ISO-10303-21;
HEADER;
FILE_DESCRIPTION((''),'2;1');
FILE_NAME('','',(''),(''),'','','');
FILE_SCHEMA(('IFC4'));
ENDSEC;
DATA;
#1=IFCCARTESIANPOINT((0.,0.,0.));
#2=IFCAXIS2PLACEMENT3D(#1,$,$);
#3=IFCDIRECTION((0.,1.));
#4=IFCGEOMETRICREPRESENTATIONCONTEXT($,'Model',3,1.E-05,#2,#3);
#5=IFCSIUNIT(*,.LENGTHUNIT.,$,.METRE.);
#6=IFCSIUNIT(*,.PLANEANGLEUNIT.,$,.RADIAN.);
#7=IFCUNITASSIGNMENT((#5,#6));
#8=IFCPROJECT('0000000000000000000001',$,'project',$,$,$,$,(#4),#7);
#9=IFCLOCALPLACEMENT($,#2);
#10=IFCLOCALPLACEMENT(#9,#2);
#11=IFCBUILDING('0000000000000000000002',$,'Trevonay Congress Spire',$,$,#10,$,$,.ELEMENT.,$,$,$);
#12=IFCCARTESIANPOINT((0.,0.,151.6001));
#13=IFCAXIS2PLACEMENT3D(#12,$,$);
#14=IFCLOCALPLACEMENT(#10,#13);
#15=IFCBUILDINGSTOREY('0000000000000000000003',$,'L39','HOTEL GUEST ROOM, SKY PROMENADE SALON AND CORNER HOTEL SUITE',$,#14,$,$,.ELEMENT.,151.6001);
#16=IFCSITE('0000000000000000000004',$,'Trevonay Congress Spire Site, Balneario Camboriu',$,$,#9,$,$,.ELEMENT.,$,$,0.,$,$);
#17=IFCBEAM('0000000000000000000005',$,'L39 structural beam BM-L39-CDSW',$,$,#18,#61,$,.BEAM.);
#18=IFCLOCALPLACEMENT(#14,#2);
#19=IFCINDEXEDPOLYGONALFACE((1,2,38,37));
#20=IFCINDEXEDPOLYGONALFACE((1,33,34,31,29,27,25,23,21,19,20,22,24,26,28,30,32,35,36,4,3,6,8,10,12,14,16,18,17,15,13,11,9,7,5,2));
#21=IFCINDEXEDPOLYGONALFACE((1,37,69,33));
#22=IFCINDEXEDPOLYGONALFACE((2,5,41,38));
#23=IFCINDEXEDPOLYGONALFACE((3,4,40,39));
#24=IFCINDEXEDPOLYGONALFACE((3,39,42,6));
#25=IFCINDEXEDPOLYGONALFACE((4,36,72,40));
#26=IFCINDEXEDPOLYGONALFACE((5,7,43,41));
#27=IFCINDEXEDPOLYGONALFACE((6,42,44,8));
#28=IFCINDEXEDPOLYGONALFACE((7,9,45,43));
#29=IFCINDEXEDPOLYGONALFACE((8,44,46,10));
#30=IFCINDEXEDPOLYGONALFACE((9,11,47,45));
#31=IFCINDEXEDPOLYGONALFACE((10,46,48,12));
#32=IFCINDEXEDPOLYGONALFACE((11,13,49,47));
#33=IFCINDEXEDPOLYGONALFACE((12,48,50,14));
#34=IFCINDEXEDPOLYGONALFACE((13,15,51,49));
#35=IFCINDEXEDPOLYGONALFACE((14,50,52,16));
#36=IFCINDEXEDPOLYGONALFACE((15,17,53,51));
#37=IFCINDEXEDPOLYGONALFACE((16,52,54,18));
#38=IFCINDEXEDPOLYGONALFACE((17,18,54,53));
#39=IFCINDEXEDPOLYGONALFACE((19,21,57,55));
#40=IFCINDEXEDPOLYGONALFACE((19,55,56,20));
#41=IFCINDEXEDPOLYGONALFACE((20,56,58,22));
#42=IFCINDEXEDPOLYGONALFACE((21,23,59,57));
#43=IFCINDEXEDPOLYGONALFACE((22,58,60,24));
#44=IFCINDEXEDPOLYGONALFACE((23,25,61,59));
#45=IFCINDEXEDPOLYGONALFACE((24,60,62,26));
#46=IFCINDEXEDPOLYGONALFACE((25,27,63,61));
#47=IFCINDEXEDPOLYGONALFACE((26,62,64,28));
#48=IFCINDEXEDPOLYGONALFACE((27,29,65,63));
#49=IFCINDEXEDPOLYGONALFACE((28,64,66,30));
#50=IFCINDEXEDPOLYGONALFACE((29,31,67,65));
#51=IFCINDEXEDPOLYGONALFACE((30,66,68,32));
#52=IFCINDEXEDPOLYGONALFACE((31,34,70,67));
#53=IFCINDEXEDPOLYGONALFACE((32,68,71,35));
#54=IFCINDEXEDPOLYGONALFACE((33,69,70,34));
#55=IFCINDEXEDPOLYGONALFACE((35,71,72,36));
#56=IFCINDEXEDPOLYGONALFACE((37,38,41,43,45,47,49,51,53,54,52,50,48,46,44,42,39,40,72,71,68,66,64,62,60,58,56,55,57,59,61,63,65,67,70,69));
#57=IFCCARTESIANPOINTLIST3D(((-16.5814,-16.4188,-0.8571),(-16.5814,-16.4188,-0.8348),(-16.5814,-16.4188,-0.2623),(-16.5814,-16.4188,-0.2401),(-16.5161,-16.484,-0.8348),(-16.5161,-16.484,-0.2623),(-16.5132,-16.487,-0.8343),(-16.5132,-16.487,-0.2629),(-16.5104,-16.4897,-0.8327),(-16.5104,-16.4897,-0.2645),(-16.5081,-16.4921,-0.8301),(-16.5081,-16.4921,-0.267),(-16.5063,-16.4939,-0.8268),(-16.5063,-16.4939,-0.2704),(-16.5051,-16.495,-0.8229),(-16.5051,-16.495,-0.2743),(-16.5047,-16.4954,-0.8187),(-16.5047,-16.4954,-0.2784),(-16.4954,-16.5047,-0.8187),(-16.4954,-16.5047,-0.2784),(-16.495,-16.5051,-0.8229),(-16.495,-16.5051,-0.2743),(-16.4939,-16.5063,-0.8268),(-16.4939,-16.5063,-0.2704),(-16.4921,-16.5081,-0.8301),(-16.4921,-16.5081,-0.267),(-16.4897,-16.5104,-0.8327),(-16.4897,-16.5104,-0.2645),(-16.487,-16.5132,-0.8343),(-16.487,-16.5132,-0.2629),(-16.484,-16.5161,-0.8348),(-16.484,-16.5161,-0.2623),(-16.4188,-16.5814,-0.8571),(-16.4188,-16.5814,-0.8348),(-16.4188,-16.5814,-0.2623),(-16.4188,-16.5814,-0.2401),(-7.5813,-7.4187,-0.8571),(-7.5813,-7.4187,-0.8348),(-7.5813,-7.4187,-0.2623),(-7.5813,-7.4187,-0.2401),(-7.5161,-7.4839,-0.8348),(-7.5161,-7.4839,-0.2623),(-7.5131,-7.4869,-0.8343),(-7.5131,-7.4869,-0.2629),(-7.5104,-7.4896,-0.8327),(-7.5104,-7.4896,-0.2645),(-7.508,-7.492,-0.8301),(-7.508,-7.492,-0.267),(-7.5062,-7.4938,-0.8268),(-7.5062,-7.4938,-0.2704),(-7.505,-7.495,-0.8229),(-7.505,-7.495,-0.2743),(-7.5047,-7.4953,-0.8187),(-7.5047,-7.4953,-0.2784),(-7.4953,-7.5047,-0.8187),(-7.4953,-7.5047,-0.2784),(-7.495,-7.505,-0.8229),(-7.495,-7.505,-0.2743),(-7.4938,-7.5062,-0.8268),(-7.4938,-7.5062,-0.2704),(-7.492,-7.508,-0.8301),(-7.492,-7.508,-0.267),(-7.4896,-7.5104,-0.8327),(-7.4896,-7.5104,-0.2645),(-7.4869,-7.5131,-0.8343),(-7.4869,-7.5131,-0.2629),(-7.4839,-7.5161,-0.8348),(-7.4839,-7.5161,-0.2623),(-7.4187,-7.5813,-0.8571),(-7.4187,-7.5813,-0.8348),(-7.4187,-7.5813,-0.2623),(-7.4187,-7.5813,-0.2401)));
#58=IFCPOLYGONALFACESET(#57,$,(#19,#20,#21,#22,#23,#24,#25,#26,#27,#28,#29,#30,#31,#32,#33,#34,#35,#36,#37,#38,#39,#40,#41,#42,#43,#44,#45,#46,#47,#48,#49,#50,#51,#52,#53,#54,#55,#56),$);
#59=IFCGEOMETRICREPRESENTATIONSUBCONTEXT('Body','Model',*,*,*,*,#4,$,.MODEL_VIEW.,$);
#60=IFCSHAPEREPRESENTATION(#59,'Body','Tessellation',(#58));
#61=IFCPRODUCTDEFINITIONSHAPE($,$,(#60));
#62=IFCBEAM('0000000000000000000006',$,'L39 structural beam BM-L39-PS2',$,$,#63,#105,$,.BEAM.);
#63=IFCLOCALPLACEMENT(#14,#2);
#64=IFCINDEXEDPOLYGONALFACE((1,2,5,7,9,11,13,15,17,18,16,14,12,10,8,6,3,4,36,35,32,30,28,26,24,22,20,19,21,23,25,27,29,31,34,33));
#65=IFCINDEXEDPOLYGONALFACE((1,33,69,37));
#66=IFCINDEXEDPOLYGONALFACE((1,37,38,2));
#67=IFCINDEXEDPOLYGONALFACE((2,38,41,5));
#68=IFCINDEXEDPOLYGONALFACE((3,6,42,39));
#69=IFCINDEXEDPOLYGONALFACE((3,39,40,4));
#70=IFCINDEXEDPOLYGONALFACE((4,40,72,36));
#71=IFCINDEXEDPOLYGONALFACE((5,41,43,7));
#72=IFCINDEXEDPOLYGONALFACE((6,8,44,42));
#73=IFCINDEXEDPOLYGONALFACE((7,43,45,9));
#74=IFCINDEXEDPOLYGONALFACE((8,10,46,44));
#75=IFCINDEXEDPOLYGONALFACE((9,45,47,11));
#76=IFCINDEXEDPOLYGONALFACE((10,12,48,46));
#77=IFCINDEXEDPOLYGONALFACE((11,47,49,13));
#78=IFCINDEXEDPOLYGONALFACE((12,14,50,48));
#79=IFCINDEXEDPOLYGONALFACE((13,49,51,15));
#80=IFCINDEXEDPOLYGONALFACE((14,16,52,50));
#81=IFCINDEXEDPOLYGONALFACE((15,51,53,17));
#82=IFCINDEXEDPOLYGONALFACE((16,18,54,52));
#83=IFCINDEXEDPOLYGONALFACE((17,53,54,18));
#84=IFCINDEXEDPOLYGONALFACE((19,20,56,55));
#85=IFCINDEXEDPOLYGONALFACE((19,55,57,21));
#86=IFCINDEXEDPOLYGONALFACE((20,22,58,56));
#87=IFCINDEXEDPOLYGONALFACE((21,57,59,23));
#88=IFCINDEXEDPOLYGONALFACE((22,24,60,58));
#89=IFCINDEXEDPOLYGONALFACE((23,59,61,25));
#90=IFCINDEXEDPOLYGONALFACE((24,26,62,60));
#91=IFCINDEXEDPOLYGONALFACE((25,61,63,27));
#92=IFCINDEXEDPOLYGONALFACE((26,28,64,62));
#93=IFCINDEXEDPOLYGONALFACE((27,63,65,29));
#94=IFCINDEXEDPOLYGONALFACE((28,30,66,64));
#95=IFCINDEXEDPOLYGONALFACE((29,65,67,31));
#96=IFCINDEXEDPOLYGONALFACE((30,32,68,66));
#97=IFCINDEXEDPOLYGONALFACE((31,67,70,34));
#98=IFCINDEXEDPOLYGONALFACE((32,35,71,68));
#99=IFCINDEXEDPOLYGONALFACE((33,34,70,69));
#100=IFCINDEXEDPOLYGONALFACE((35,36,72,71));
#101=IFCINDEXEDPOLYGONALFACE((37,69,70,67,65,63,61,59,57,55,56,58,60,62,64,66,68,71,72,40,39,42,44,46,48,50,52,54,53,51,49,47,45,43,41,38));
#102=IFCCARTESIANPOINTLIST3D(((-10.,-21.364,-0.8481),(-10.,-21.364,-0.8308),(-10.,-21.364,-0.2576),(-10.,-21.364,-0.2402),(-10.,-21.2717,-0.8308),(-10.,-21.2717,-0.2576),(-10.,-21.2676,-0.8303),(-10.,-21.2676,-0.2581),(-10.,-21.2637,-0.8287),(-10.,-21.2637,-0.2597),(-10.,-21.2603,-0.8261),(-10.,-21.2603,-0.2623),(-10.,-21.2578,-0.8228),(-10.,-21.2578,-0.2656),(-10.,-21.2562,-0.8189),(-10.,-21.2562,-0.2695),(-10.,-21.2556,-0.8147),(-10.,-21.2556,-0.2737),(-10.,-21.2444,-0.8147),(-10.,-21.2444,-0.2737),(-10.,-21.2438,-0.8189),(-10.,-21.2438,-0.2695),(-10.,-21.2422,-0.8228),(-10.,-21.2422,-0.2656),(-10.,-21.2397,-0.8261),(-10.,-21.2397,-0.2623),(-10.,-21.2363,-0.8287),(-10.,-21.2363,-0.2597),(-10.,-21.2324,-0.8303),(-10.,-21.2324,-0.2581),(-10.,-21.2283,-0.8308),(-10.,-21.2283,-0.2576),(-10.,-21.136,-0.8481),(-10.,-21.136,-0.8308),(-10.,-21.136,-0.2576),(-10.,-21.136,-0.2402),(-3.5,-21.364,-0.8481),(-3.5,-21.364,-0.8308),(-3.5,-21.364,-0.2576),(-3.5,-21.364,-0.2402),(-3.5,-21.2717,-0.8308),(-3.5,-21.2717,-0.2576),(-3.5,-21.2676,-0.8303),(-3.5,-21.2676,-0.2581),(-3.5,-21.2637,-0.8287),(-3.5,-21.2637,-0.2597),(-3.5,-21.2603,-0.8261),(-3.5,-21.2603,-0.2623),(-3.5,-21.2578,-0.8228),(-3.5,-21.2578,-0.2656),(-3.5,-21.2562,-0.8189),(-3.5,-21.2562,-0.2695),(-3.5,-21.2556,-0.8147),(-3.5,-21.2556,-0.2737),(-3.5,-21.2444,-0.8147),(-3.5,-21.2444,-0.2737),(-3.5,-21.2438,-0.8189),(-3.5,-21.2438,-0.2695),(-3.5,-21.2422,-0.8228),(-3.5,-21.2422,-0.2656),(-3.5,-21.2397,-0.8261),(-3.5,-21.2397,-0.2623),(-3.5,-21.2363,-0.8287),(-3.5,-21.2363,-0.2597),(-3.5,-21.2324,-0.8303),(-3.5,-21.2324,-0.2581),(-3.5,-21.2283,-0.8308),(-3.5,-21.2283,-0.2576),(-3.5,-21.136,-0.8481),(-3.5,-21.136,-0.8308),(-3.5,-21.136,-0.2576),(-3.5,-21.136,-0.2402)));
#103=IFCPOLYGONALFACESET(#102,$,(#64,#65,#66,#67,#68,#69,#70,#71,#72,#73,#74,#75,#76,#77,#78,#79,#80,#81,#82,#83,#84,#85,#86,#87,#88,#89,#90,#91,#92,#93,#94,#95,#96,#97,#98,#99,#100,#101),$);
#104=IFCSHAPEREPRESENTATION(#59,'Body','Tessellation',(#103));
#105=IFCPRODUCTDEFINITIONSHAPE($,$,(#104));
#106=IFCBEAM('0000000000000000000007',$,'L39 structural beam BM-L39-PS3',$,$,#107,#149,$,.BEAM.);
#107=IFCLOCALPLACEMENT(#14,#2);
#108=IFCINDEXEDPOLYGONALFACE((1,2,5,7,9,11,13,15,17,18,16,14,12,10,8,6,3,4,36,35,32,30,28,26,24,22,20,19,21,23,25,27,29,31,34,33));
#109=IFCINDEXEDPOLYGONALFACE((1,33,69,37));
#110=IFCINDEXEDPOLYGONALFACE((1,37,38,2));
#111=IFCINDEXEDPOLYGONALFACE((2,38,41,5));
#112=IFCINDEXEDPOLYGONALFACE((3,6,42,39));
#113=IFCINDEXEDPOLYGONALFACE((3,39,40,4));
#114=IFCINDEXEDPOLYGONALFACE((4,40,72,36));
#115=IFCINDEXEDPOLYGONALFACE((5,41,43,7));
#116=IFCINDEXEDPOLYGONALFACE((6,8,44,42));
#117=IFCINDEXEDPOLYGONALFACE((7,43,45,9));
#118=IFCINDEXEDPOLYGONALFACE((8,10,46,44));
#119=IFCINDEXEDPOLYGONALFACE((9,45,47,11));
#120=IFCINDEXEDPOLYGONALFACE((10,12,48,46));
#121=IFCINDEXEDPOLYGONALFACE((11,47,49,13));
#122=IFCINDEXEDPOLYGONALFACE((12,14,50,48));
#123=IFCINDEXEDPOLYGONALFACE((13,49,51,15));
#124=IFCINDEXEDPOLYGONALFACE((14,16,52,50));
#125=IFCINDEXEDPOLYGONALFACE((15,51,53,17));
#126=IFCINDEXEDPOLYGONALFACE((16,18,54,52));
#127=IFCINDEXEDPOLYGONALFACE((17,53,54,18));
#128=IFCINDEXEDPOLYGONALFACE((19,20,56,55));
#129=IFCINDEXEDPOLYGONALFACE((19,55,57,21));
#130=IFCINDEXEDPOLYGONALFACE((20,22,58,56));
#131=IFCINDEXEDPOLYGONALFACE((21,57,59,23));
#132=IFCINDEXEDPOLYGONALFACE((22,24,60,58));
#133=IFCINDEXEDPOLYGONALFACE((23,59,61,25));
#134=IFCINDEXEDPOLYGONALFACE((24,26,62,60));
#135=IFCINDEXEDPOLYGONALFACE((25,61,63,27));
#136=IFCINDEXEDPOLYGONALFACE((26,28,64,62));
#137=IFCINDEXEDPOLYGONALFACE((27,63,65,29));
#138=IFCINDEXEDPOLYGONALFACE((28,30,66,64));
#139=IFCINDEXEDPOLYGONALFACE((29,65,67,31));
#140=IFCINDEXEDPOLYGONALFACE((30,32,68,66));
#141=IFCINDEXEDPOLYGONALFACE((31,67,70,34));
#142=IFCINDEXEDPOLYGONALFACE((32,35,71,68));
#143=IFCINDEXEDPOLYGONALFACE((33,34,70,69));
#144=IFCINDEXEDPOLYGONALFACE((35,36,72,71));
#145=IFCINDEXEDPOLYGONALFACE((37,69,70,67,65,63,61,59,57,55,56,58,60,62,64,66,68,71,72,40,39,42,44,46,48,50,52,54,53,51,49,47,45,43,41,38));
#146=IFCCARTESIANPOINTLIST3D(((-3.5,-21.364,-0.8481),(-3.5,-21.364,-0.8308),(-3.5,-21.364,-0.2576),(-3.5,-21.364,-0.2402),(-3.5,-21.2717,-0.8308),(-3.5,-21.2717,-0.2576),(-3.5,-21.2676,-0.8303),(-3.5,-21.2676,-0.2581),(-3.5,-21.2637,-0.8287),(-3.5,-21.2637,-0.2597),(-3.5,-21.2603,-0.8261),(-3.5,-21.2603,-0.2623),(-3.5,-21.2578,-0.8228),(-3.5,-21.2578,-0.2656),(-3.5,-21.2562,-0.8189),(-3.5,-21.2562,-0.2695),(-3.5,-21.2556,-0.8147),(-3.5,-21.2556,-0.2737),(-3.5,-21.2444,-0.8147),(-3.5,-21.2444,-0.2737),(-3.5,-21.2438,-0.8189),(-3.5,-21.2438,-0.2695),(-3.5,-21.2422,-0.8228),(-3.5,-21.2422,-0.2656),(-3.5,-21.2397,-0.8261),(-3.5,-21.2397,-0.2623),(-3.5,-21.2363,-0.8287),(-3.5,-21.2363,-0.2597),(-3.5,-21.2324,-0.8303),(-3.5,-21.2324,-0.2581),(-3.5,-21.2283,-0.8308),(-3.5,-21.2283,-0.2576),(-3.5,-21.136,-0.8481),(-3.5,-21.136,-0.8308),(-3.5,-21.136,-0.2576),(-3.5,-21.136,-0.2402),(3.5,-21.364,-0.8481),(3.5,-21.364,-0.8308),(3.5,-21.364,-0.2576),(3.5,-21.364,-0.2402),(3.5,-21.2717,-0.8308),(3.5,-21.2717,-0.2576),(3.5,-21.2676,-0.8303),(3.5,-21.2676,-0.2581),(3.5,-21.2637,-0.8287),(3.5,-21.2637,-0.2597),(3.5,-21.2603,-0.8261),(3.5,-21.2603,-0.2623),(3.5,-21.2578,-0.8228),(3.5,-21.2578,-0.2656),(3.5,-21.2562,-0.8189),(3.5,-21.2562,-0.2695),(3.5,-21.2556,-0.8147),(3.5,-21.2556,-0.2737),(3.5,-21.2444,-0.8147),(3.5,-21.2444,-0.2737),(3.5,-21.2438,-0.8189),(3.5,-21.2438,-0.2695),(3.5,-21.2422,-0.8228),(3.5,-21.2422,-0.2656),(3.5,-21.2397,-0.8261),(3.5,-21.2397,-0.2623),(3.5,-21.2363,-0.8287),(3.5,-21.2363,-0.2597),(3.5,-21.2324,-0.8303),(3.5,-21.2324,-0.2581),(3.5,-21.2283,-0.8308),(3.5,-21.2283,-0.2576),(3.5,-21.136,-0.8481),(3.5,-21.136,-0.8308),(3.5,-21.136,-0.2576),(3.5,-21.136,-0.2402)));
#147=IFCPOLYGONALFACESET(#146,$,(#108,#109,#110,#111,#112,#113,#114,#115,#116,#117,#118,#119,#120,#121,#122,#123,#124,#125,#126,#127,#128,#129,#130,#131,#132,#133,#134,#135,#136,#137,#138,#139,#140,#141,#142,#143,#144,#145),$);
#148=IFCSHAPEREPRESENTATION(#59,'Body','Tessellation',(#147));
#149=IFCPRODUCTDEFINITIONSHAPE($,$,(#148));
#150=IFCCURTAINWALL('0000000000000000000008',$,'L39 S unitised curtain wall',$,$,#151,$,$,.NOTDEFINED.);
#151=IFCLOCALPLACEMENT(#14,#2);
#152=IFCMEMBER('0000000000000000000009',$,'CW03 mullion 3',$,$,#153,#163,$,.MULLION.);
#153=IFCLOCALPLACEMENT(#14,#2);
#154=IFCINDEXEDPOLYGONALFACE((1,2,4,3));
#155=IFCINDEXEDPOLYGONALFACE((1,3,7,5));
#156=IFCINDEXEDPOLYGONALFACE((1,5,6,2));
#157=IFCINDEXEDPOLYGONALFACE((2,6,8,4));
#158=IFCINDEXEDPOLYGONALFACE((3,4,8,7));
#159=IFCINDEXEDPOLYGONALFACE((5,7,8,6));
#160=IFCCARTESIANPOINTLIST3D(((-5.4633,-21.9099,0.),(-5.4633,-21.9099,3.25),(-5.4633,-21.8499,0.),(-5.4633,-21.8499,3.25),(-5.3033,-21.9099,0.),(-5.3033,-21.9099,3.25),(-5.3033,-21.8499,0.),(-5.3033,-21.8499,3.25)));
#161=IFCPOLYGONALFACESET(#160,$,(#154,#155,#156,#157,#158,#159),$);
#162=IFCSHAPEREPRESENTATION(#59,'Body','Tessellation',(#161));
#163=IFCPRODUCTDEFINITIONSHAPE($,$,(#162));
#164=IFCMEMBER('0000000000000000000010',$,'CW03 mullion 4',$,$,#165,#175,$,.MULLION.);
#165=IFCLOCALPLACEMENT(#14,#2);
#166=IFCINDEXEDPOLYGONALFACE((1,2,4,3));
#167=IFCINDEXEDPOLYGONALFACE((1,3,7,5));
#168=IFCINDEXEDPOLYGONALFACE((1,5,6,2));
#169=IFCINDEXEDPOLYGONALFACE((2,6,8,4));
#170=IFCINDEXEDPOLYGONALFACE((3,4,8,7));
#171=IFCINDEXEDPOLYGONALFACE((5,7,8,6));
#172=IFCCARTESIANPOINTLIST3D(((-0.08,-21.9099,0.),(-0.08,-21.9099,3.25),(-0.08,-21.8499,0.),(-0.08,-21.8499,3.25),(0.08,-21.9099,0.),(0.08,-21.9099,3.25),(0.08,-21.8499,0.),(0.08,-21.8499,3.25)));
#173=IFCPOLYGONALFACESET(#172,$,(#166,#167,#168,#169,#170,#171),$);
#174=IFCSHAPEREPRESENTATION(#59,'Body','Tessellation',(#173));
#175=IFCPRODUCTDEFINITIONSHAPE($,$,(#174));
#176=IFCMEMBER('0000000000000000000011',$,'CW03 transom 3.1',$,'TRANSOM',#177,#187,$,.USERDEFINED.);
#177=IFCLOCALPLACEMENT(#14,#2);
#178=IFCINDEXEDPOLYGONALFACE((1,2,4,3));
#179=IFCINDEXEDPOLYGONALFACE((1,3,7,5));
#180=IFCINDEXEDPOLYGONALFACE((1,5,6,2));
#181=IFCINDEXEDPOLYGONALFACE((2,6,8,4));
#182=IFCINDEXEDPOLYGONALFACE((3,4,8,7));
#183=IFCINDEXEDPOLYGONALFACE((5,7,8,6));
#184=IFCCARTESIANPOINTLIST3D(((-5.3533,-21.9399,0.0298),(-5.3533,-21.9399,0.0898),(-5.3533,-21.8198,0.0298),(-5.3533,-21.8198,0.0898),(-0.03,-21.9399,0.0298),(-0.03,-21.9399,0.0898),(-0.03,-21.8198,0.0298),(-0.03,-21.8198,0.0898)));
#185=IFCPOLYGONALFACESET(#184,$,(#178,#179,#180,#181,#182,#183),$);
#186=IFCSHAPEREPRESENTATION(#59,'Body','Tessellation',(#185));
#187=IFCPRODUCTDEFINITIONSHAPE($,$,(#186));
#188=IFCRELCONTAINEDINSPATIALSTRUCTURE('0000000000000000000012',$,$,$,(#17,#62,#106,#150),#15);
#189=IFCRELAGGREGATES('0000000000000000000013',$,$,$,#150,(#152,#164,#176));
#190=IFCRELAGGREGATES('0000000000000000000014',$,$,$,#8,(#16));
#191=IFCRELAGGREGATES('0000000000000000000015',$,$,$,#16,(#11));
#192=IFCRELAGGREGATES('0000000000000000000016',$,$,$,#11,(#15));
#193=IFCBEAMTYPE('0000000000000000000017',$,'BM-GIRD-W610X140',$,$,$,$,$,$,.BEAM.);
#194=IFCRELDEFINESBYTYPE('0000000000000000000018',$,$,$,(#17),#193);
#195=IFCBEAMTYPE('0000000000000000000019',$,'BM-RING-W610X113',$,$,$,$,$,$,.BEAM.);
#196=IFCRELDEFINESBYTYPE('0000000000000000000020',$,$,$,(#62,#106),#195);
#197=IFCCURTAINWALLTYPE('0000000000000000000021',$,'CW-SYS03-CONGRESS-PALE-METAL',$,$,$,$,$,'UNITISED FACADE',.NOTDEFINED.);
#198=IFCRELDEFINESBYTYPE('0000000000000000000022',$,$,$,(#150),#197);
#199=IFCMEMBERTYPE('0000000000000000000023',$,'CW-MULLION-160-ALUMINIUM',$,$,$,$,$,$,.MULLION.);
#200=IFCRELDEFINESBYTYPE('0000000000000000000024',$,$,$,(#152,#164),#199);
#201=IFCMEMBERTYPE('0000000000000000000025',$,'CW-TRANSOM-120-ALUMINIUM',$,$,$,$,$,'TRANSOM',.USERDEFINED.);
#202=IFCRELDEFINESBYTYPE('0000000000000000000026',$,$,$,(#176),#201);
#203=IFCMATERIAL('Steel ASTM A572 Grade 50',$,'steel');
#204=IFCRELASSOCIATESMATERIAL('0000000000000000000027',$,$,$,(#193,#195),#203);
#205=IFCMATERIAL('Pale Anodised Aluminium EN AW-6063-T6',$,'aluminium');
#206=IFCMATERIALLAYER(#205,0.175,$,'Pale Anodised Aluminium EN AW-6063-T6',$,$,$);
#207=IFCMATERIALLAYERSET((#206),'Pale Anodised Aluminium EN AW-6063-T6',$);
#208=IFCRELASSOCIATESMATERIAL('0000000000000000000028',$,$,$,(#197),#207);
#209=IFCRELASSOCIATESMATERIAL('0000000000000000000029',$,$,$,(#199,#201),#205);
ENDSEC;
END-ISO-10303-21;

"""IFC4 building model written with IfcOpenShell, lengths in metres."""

from ifc_helpers import new_model, si_unit, direction, frame, origin, origin_2d, place, context, subcontext, project, spatial, rectangle, i_section, extrude, material, layer, layer_set, material_profile, profile_set, type_object, element, aggregate, save


model = new_model("IFC4")

# Units and contexts
model_context = context("Model", 3, precision=1e-05, world=origin(), true_north=direction((0.0, 1.0)))
body_context = subcontext(model_context, "Body", "Model", "MODEL_VIEW")
ifc_project = project(units=[si_unit("LENGTHUNIT", "METRE"), si_unit("PLANEANGLEUNIT", "RADIAN")], contexts=[model_context])

# Site, building, storey
site_placement = place(None, origin())
site = spatial("IfcSite", under=ifc_project, at=site_placement, Name="Trevonay Congress Spire Site, Balneario Camboriu", CompositionType="ELEMENT", RefElevation=0.0)
building_placement = place(site_placement, origin())
building = spatial("IfcBuilding", under=site, at=building_placement, Name="Trevonay Congress Spire", CompositionType="ELEMENT")
storey_placement = place(building_placement, frame((0.0, 0.0, 151.6001)))
storey = spatial("IfcBuildingStorey", under=building, at=storey_placement, Name="L39", Description="HOTEL GUEST ROOM, SKY PROMENADE SALON AND CORNER HOTEL SUITE", CompositionType="ELEMENT", Elevation=151.6001)

# Shared definitions
ifc_material_1 = material(Name="Steel ASTM A572 Grade 50", Category="steel")

# Beams
ifc_material_profile_1 = material_profile(ifc_material_1, i_section(OverallWidth=0.23, OverallDepth=0.6169, WebThickness=0.0132, FlangeThickness=0.0222, FilletRadius=0.0161, at=origin_2d()), Name="W610x140")
ifc_profile_set_1 = profile_set([ifc_material_profile_1], Name="Steel ASTM A572 Grade 50")
beam_type_1 = type_object("IfcBeamType", Name="BM-GIRD-W610X140", PredefinedType="BEAM", material=ifc_profile_set_1)
beam_1_placement = place(storey_placement, frame((-7.5, -7.5, -0.5486), z_axis=(-0.707107, -0.707107, 0.0), x_axis=(0.707107, -0.707107, 0.0)))
element("IfcBeam", 1, at=beam_1_placement, inside=storey, type_object=beam_type_1, Name="L39 structural beam BM-L39-CDSW", PredefinedType="BEAM", context=body_context, shape_type="SweptSolid", body=[
    extrude(i_section(OverallWidth=0.23, OverallDepth=0.6169, WebThickness=0.0132, FlangeThickness=0.0222, FilletRadius=0.0161, at=origin_2d()), origin(), (0.0, 0.0, 1.0), 12.728),
])
ifc_material_profile_2 = material_profile(ifc_material_1, i_section(OverallWidth=0.228, OverallDepth=0.6079, WebThickness=0.0112, FlangeThickness=0.0173, FilletRadius=0.0161, at=origin_2d()), Name="W610x113")
ifc_profile_set_2 = profile_set([ifc_material_profile_2], Name="Steel ASTM A572 Grade 50")
beam_type_2 = type_object("IfcBeamType", Name="BM-RING-W610X113", PredefinedType="BEAM", material=ifc_profile_set_2)
beam_2_placement = place(storey_placement, frame((-10.0, -21.25, -0.5442), z_axis=(1.0, 0.0, 0.0), x_axis=(0.0, 1.0, 0.0)))
element("IfcBeam", 2, at=beam_2_placement, inside=storey, type_object=beam_type_2, Name="L39 structural beam BM-L39-PS2", PredefinedType="BEAM", context=body_context, shape_type="SweptSolid", body=[
    extrude(i_section(OverallWidth=0.228, OverallDepth=0.6079, WebThickness=0.0112, FlangeThickness=0.0173, FilletRadius=0.0161, at=origin_2d()), origin(), (0.0, 0.0, 1.0), 6.5),
])
beam_3_placement = place(storey_placement, frame((-3.5, -21.25, -0.5442), z_axis=(1.0, 0.0, 0.0), x_axis=(0.0, 1.0, 0.0)))
element("IfcBeam", 3, at=beam_3_placement, inside=storey, type_object=beam_type_2, Name="L39 structural beam BM-L39-PS3", PredefinedType="BEAM", context=body_context, shape_type="SweptSolid", body=[
    extrude(i_section(OverallWidth=0.228, OverallDepth=0.6079, WebThickness=0.0112, FlangeThickness=0.0173, FilletRadius=0.0161, at=origin_2d()), origin(), (0.0, 0.0, 1.0), 7.0),
])

# Curtain wall, members
ifc_material_2 = material(Name="Pale Anodised Aluminium EN AW-6063-T6", Category="aluminium")
ifc_layer_1 = layer(ifc_material_2, 0.175, Name="Pale Anodised Aluminium EN AW-6063-T6")
ifc_layer_set_1 = layer_set([ifc_layer_1], Name="Pale Anodised Aluminium EN AW-6063-T6")
curtain_wall_type = type_object("IfcCurtainWallType", Name="CW-SYS03-CONGRESS-PALE-METAL", ElementType="UNITISED FACADE", PredefinedType="NOTDEFINED", material=ifc_layer_set_1)
curtain_wall_placement = place(storey_placement, origin())
curtain_wall = element("IfcCurtainWall", 4, at=curtain_wall_placement, inside=storey, type_object=curtain_wall_type, Name="L39 S unitised curtain wall", PredefinedType="NOTDEFINED")
ifc_material_profile_3 = material_profile(ifc_material_2, rectangle(XDim=0.0601, YDim=0.1599, at=origin_2d()), Name="CW-MULLION-160-ALUMINIUM")
ifc_profile_set_3 = profile_set([ifc_material_profile_3], Name="Pale Anodised Aluminium EN AW-6063-T6")
member_type_1 = type_object("IfcMemberType", Name="CW-MULLION-160-ALUMINIUM", PredefinedType="MULLION", material=ifc_profile_set_3)
member_1_placement = place(storey_placement, frame((-5.3833, -21.8799, 0.0), z_axis=(0.0, 0.0, 1.0), x_axis=(0.0, 1.0, 0.0)))
member_1 = element("IfcMember", 5, at=member_1_placement, type_object=member_type_1, Name="CW03 mullion 3", PredefinedType="MULLION", context=body_context, shape_type="SweptSolid", body=[
    extrude(rectangle(XDim=0.0601, YDim=0.1599, at=origin_2d()), origin(), (0.0, 0.0, 1.0), 3.25),
])
member_2_placement = place(storey_placement, frame((0.0, -21.8799, 0.0), z_axis=(0.0, 0.0, 1.0), x_axis=(0.0, 1.0, 0.0)))
member_2 = element("IfcMember", 6, at=member_2_placement, type_object=member_type_1, Name="CW03 mullion 4", PredefinedType="MULLION", context=body_context, shape_type="SweptSolid", body=[
    extrude(rectangle(XDim=0.0601, YDim=0.1599, at=origin_2d()), origin(), (0.0, 0.0, 1.0), 3.25),
])
ifc_material_profile_4 = material_profile(ifc_material_2, rectangle(XDim=0.1201, YDim=0.0601, at=origin_2d()), Name="CW-TRANSOM-120-ALUMINIUM")
ifc_profile_set_4 = profile_set([ifc_material_profile_4], Name="Pale Anodised Aluminium EN AW-6063-T6")
member_type_2 = type_object("IfcMemberType", Name="CW-TRANSOM-120-ALUMINIUM", ElementType="TRANSOM", PredefinedType="USERDEFINED", material=ifc_profile_set_4)
member_3_placement = place(storey_placement, frame((-5.3533, -21.8799, 0.0598), z_axis=(1.0, 0.0, 0.0), x_axis=(0.0, 1.0, 0.0)))
member_3 = element("IfcMember", 7, at=member_3_placement, type_object=member_type_2, Name="CW03 transom 3.1", ObjectType="TRANSOM", PredefinedType="USERDEFINED", context=body_context, shape_type="SweptSolid", body=[
    extrude(rectangle(XDim=0.1201, YDim=0.0601, at=origin_2d()), origin(), (0.0, 0.0, 1.0), 5.3232),
])
aggregate(curtain_wall, [member_1, member_2, member_3])

save(model, "model.ifc")
